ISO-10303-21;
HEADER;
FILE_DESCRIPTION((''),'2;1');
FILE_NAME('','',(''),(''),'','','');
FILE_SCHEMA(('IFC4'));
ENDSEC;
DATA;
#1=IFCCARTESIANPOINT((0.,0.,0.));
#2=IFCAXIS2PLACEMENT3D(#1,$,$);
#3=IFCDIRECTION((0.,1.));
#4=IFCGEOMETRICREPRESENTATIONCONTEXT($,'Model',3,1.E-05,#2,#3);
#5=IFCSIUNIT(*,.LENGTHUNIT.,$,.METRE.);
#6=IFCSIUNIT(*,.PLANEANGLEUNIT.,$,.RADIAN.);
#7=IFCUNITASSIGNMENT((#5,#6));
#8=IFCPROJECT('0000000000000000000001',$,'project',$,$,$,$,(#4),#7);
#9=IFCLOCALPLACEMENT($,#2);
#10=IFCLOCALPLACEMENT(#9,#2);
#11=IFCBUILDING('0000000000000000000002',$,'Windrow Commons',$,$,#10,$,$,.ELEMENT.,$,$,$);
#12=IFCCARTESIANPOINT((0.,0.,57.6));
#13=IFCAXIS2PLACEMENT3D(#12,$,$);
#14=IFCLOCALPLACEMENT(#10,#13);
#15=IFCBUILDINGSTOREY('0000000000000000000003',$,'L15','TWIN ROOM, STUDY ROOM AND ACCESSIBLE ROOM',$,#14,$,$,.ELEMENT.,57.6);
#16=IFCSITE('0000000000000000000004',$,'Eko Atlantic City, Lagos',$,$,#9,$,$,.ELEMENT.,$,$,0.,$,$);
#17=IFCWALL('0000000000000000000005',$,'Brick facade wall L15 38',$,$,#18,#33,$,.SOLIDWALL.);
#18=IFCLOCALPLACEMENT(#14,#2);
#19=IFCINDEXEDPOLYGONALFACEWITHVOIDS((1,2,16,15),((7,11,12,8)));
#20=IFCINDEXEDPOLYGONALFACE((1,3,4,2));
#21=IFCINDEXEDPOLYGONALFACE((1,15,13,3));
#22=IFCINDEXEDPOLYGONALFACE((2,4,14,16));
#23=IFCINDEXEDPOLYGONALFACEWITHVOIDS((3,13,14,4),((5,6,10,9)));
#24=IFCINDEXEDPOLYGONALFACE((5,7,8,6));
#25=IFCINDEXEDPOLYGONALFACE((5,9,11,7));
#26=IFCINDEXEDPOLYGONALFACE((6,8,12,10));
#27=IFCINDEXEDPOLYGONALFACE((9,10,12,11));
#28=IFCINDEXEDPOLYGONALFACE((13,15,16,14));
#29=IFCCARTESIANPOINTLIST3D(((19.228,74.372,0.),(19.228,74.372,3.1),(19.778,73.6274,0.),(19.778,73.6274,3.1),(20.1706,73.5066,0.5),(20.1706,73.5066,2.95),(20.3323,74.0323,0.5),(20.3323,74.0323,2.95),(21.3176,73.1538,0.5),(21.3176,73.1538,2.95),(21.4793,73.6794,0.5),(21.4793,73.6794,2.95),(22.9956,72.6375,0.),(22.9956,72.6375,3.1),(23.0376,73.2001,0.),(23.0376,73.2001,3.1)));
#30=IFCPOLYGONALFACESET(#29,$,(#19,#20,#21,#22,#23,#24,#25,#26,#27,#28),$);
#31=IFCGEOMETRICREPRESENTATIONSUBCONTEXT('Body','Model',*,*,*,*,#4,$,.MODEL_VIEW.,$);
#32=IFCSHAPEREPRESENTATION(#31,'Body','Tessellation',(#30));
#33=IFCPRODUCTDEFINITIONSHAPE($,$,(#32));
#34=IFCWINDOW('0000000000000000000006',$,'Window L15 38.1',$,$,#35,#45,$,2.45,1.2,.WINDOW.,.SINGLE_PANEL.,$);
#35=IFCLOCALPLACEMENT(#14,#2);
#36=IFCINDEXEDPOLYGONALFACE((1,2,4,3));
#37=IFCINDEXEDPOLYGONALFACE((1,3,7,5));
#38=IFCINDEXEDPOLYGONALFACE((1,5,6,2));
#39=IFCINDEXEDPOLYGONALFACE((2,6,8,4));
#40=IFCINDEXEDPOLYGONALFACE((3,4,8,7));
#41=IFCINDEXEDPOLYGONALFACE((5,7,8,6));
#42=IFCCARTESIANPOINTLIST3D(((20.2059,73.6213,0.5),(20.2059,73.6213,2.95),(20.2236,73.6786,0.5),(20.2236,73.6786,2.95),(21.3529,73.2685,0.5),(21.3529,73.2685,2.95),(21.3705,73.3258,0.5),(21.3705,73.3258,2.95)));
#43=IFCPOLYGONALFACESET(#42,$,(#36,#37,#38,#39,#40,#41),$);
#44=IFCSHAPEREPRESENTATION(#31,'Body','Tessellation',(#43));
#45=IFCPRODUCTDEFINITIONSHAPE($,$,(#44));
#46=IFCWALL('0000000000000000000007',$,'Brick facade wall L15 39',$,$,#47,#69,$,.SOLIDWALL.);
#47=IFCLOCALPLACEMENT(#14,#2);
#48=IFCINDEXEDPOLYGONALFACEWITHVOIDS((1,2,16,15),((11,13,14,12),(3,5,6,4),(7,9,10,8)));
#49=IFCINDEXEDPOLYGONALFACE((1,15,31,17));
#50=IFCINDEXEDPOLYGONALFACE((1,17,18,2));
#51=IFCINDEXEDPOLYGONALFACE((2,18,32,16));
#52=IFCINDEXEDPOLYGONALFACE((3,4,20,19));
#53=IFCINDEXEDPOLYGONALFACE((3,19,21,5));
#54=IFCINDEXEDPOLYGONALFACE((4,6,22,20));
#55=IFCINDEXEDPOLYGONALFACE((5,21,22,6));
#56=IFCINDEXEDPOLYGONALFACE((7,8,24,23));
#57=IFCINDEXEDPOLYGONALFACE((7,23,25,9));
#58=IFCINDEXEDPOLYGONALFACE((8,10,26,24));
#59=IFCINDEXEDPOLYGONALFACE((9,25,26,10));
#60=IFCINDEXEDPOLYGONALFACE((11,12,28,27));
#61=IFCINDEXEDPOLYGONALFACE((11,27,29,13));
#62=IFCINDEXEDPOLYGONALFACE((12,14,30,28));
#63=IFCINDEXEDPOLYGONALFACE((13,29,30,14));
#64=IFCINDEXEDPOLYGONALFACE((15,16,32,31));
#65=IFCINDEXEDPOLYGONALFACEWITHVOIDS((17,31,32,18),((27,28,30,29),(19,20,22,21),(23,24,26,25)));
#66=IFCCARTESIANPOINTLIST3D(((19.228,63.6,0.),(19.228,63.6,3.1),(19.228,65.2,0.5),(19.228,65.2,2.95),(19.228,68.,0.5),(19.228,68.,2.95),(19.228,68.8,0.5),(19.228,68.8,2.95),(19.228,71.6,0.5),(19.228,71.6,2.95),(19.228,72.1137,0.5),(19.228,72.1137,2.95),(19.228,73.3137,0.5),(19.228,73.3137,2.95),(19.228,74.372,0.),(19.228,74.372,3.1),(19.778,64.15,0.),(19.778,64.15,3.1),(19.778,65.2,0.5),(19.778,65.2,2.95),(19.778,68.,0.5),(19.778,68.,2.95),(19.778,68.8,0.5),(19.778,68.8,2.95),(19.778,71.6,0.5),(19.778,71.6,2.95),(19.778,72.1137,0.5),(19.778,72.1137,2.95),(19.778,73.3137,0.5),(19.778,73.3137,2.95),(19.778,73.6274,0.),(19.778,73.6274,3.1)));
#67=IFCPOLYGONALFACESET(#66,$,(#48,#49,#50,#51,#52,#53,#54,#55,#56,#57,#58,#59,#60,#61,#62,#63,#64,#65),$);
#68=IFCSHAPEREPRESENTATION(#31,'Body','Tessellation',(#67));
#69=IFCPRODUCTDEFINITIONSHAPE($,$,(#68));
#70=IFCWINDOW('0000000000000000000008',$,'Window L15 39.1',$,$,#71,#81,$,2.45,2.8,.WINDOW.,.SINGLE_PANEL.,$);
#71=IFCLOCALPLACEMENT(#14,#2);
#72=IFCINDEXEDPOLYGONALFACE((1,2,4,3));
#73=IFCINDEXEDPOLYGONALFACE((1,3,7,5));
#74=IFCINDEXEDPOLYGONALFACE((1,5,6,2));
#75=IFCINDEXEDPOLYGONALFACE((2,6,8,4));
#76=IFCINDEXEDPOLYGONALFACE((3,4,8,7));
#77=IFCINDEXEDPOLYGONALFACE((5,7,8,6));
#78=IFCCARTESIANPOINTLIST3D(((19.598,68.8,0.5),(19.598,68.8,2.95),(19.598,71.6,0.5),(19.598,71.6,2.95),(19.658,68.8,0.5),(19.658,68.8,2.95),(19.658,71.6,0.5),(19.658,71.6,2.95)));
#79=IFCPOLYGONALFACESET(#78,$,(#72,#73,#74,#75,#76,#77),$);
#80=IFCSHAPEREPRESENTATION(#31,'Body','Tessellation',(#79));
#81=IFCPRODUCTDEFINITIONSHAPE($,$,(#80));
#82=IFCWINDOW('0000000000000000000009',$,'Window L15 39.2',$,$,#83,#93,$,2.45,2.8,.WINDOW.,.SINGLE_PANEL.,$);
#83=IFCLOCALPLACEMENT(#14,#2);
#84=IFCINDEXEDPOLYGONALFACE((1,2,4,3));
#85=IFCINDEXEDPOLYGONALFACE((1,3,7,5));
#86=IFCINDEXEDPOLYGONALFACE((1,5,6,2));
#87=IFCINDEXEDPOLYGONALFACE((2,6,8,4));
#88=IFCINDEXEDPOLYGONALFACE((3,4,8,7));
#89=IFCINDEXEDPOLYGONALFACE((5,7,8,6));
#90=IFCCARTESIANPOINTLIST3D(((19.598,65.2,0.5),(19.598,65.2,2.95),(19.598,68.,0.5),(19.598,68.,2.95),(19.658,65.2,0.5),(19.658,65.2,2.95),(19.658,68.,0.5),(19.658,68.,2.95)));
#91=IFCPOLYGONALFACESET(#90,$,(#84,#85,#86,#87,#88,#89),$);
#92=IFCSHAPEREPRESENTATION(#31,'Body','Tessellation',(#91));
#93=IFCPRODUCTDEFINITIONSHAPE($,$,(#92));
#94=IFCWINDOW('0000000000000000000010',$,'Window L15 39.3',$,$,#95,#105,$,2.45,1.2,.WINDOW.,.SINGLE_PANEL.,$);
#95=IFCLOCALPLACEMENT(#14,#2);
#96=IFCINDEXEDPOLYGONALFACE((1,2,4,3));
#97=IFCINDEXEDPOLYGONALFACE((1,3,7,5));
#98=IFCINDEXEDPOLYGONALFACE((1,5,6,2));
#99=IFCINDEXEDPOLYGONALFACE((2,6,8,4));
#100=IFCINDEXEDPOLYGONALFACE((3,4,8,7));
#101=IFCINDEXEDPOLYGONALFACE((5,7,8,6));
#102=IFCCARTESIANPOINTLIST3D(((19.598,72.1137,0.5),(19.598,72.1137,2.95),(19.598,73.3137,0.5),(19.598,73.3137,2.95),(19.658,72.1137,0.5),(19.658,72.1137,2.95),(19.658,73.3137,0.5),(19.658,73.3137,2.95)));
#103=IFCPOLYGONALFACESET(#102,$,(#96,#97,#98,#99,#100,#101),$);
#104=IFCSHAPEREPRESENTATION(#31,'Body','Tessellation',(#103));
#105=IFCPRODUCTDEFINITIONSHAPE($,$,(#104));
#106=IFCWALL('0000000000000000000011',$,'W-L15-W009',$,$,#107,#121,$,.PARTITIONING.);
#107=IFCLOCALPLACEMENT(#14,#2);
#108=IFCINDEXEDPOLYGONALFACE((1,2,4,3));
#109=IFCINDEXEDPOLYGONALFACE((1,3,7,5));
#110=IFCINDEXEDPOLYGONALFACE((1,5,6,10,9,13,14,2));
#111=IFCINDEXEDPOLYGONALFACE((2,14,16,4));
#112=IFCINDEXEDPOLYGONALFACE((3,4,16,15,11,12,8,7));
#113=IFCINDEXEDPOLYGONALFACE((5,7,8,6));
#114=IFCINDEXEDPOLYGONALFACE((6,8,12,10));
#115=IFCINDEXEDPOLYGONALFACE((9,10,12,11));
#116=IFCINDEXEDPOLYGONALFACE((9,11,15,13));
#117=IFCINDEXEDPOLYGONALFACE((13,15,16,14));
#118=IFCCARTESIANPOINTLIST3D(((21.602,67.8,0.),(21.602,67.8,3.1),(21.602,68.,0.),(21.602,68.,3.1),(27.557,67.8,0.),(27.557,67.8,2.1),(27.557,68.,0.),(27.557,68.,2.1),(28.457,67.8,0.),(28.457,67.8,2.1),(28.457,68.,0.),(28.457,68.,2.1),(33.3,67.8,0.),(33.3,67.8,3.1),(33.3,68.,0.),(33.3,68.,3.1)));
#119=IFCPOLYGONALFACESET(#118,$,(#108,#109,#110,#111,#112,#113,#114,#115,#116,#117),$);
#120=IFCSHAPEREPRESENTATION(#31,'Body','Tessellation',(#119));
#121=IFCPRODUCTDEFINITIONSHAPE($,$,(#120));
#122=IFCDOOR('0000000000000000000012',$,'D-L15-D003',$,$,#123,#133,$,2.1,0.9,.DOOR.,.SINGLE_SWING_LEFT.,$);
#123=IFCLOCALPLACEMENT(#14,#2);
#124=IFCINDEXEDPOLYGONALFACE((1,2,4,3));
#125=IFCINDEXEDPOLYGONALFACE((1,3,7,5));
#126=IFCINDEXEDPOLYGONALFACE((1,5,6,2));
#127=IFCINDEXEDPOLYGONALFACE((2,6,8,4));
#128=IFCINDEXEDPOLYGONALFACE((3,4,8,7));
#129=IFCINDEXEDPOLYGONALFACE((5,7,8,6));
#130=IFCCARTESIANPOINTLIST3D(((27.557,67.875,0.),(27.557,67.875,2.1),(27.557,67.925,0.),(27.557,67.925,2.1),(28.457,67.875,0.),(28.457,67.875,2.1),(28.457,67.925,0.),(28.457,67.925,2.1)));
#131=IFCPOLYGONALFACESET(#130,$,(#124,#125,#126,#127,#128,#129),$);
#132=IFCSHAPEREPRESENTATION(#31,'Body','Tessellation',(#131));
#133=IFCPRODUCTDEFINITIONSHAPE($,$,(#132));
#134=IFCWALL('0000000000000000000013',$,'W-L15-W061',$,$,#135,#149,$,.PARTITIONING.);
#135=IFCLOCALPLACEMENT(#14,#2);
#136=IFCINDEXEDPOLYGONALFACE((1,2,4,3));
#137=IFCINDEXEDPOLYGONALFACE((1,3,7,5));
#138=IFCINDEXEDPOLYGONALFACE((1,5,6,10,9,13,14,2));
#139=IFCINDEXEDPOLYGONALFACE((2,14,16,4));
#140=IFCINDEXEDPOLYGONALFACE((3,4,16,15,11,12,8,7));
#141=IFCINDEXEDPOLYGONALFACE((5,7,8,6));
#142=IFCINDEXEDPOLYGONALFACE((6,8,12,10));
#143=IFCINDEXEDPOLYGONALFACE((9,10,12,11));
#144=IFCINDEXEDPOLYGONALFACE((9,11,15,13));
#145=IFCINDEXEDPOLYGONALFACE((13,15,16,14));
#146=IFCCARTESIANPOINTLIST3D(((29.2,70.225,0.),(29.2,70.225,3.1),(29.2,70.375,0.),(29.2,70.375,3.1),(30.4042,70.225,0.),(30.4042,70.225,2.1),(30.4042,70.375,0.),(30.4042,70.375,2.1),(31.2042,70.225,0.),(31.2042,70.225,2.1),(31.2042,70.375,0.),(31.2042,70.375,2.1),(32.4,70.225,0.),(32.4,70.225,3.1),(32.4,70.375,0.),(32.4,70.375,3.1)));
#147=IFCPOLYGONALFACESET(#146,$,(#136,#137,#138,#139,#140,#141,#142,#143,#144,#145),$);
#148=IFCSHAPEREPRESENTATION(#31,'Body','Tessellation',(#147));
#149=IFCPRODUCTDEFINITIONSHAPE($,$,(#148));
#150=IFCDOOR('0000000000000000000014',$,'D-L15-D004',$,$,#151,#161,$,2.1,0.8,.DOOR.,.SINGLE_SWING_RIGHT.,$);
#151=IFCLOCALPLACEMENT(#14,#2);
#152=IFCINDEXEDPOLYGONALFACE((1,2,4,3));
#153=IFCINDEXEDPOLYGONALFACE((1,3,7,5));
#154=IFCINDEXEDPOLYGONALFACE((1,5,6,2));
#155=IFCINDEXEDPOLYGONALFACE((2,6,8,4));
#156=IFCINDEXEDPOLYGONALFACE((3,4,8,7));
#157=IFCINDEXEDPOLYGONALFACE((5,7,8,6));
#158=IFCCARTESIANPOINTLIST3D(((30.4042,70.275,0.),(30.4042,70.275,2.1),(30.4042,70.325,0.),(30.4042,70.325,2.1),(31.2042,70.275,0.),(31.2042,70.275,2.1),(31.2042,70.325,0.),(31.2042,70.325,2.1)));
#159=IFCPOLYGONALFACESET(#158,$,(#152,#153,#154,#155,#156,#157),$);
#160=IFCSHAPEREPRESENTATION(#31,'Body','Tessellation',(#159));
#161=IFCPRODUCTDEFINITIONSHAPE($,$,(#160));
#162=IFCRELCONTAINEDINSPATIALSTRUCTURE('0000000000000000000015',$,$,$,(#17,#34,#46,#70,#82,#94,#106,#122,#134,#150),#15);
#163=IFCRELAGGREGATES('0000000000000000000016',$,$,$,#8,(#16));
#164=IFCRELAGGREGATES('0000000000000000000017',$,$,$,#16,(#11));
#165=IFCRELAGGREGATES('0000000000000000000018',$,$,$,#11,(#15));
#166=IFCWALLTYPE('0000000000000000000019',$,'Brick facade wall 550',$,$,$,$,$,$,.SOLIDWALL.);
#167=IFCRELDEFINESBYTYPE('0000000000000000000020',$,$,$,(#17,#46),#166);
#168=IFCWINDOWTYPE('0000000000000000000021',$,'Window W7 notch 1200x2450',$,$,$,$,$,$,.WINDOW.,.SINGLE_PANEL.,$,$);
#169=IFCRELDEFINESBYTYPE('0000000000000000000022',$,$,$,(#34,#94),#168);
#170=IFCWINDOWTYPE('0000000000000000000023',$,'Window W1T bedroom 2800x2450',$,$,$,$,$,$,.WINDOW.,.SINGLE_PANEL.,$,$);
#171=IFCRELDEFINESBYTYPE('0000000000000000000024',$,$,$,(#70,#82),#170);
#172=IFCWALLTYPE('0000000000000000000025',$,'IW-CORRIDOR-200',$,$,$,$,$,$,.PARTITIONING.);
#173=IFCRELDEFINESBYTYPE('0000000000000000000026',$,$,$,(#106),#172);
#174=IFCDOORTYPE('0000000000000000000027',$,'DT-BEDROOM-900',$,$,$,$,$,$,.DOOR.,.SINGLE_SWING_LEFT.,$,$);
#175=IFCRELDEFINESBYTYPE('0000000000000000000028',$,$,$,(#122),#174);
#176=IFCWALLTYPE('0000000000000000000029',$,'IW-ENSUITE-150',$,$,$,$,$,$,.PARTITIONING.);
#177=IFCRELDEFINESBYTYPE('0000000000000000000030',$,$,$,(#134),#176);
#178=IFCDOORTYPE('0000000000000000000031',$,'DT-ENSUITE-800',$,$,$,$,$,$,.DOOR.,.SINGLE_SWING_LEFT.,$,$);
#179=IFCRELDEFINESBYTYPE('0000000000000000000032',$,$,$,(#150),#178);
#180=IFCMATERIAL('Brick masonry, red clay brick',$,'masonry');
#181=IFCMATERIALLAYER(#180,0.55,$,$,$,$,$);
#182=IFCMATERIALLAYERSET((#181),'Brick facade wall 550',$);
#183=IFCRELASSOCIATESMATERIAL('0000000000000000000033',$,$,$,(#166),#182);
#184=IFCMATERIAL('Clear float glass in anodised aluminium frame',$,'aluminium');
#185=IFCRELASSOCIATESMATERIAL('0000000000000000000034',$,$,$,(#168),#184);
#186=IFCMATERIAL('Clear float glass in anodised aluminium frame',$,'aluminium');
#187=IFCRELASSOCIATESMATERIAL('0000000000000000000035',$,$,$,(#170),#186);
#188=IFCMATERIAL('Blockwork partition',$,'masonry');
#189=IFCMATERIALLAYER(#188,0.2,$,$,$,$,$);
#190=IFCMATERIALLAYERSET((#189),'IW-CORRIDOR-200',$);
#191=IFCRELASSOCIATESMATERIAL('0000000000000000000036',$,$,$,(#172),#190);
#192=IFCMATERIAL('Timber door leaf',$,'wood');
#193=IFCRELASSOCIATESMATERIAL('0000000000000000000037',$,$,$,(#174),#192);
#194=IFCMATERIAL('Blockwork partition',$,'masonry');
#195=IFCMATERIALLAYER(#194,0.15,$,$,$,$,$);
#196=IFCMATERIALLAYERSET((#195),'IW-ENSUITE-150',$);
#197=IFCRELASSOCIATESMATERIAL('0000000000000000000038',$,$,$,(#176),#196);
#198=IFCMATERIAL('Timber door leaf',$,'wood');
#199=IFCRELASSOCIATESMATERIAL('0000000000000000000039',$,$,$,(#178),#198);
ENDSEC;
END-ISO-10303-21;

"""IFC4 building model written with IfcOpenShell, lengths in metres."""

from ifc_helpers import new_model, si_unit, direction, frame, frame_2d, origin, place, context, subcontext, project, spatial, polyline, rectangle, outline, extrude, material, layer, layer_set, type_object, element, fill, save


model = new_model("IFC4")

# Units and contexts
model_context = context("Model", 3, precision=1e-05, world=origin(), true_north=direction((0.0, 1.0)))
body_context = subcontext(model_context, "Body", "Model", "MODEL_VIEW")
ifc_project = project(units=[si_unit("LENGTHUNIT", "METRE"), si_unit("PLANEANGLEUNIT", "RADIAN")], contexts=[model_context])

# Site, building, storey
site_placement = place(None, origin())
site = spatial("IfcSite", under=ifc_project, at=site_placement, Name="Eko Atlantic City, Lagos", CompositionType="ELEMENT", RefElevation=0.0)
building_placement = place(site_placement, origin())
building = spatial("IfcBuilding", under=site, at=building_placement, Name="Windrow Commons", CompositionType="ELEMENT")
storey_placement = place(building_placement, frame((0.0, 0.0, 57.6)))
storey = spatial("IfcBuildingStorey", under=building, at=storey_placement, Name="L15", Description="TWIN ROOM, STUDY ROOM AND ACCESSIBLE ROOM", CompositionType="ELEMENT", Elevation=57.6)

# Shared definitions
ifc_material_1 = material(Name="Brick masonry, red clay brick", Category="masonry")
ifc_layer_1 = layer(ifc_material_1, 0.55)
ifc_layer_set_1 = layer_set([ifc_layer_1], Name="Brick facade wall 550")
wall_type_1 = type_object("IfcWallType", Name="Brick facade wall 550", PredefinedType="SOLIDWALL", material=ifc_layer_set_1)
ifc_material_2 = material(Name="Clear float glass in anodised aluminium frame", Category="aluminium")
window_type_1 = type_object("IfcWindowType", Name="Window W7 notch 1200x2450", PartitioningType="SINGLE_PANEL", PredefinedType="WINDOW", material=ifc_material_2)

# Wall, opening, window
wall_1_placement = place(storey_placement, frame((23.0166, 72.9188, 0.0), z_axis=(0.0, 0.0, 1.0), x_axis=(-0.955795, 0.294034, 0.0)))
wall_1 = element("IfcWall", 1, at=wall_1_placement, inside=storey, type_object=wall_type_1, Name="Brick facade wall L15 38", PredefinedType="SOLIDWALL", context=body_context, shape_type="SweptSolid", body=[
    extrude(outline(polyline([(0.0626, -0.275), (4.0484, -0.275), (3.3038, 0.275), (-0.0626, 0.275), (0.0626, -0.275)])), origin(), (0.0, 0.0, 1.0), 3.1),
])
opening_1_placement = place(wall_1_placement, frame((1.693, 0.0, 0.5)))
opening_1 = element("IfcOpeningElement", 2, at=opening_1_placement, cuts=wall_1, PredefinedType="OPENING", context=body_context, shape_type="SweptSolid", body=[
    extrude(rectangle(XDim=1.2, YDim=2.45, at=frame_2d((0.6, 1.225))), frame((0.0, 0.285, 0.0), z_axis=(0.0, -1.0, 0.0), x_axis=(1.0, 0.0, 0.0)), (0.0, 0.0, 1.0), 0.57),
])
window_1_placement = place(opening_1_placement, origin())
window_1 = element("IfcWindow", 3, at=window_1_placement, inside=storey, type_object=window_type_1, Name="Window L15 38.1", OverallHeight=2.45, OverallWidth=1.2, PartitioningType="SINGLE_PANEL", PredefinedType="WINDOW", context=body_context, shape_type="SweptSolid", body=[
    extrude(rectangle(XDim=1.2, YDim=2.45, at=frame_2d((0.6, 1.225))), frame((0.0, 0.155, 0.0), z_axis=(0.0, -1.0, 0.0), x_axis=(1.0, 0.0, 0.0)), (0.0, 0.0, 1.0), 0.06),
])
fill(opening_1, window_1)

# Wall, openings, windows
wall_2_placement = place(storey_placement, frame((19.503, 73.9997, 0.0), z_axis=(0.0, 0.0, 1.0), x_axis=(0.0, -1.0, 0.0)))
wall_2 = element("IfcWall", 4, at=wall_2_placement, inside=storey, type_object=wall_type_1, Name="Brick facade wall L15 39", PredefinedType="SOLIDWALL", context=body_context, shape_type="SweptSolid", body=[
    extrude(outline(polyline([(-0.3723, -0.275), (10.3997, -0.275), (9.8497, 0.275), (0.3723, 0.275), (-0.3723, -0.275)])), origin(), (0.0, 0.0, 1.0), 3.1),
])
opening_2_placement = place(wall_2_placement, frame((2.3997, 0.0, 0.5)))
opening_2 = element("IfcOpeningElement", 5, at=opening_2_placement, cuts=wall_2, PredefinedType="OPENING", context=body_context, shape_type="SweptSolid", body=[
    extrude(rectangle(XDim=2.8, YDim=2.45, at=frame_2d((1.4, 1.225))), frame((0.0, 0.285, 0.0), z_axis=(0.0, -1.0, 0.0), x_axis=(1.0, 0.0, 0.0)), (0.0, 0.0, 1.0), 0.57),
])
opening_3_placement = place(wall_2_placement, frame((5.9997, 0.0, 0.5)))
opening_3 = element("IfcOpeningElement", 6, at=opening_3_placement, cuts=wall_2, PredefinedType="OPENING", context=body_context, shape_type="SweptSolid", body=[
    extrude(rectangle(XDim=2.8, YDim=2.45, at=frame_2d((1.4, 1.225))), frame((0.0, 0.285, 0.0), z_axis=(0.0, -1.0, 0.0), x_axis=(1.0, 0.0, 0.0)), (0.0, 0.0, 1.0), 0.57),
])
opening_4_placement = place(wall_2_placement, frame((0.686, 0.0, 0.5)))
opening_4 = element("IfcOpeningElement", 7, at=opening_4_placement, cuts=wall_2, PredefinedType="OPENING", context=body_context, shape_type="SweptSolid", body=[
    extrude(rectangle(XDim=1.2, YDim=2.45, at=frame_2d((0.6, 1.225))), frame((0.0, 0.285, 0.0), z_axis=(0.0, -1.0, 0.0), x_axis=(1.0, 0.0, 0.0)), (0.0, 0.0, 1.0), 0.57),
])
ifc_material_3 = material(Name="Clear float glass in anodised aluminium frame", Category="aluminium")
window_type_2 = type_object("IfcWindowType", Name="Window W1T bedroom 2800x2450", PartitioningType="SINGLE_PANEL", PredefinedType="WINDOW", material=ifc_material_3)
window_2_placement = place(opening_2_placement, origin())
window_2 = element("IfcWindow", 8, at=window_2_placement, inside=storey, type_object=window_type_2, Name="Window L15 39.1", OverallHeight=2.45, OverallWidth=2.8, PartitioningType="SINGLE_PANEL", PredefinedType="WINDOW", context=body_context, shape_type="SweptSolid", body=[
    extrude(rectangle(XDim=2.8, YDim=2.45, at=frame_2d((1.4, 1.225))), frame((0.0, 0.155, 0.0), z_axis=(0.0, -1.0, 0.0), x_axis=(1.0, 0.0, 0.0)), (0.0, 0.0, 1.0), 0.06),
])
fill(opening_2, window_2)
window_3_placement = place(opening_3_placement, origin())
window_3 = element("IfcWindow", 9, at=window_3_placement, inside=storey, type_object=window_type_2, Name="Window L15 39.2", OverallHeight=2.45, OverallWidth=2.8, PartitioningType="SINGLE_PANEL", PredefinedType="WINDOW", context=body_context, shape_type="SweptSolid", body=[
    extrude(rectangle(XDim=2.8, YDim=2.45, at=frame_2d((1.4, 1.225))), frame((0.0, 0.155, 0.0), z_axis=(0.0, -1.0, 0.0), x_axis=(1.0, 0.0, 0.0)), (0.0, 0.0, 1.0), 0.06),
])
fill(opening_3, window_3)
window_4_placement = place(opening_4_placement, origin())
window_4 = element("IfcWindow", 10, at=window_4_placement, inside=storey, type_object=window_type_1, Name="Window L15 39.3", OverallHeight=2.45, OverallWidth=1.2, PartitioningType="SINGLE_PANEL", PredefinedType="WINDOW", context=body_context, shape_type="SweptSolid", body=[
    extrude(rectangle(XDim=1.2, YDim=2.45, at=frame_2d((0.6, 1.225))), frame((0.0, 0.155, 0.0), z_axis=(0.0, -1.0, 0.0), x_axis=(1.0, 0.0, 0.0)), (0.0, 0.0, 1.0), 0.06),
])
fill(opening_4, window_4)

# Walls, openings, doors
ifc_material_4 = material(Name="Blockwork partition", Category="masonry")
ifc_layer_2 = layer(ifc_material_4, 0.2)
ifc_layer_set_2 = layer_set([ifc_layer_2], Name="IW-CORRIDOR-200")
wall_type_2 = type_object("IfcWallType", Name="IW-CORRIDOR-200", PredefinedType="PARTITIONING", material=ifc_layer_set_2)
wall_3_placement = place(storey_placement, frame((21.602, 67.9, 0.0), z_axis=(0.0, 0.0, 1.0), x_axis=(1.0, 0.0, 0.0)))
wall_3 = element("IfcWall", 11, at=wall_3_placement, inside=storey, type_object=wall_type_2, Name="W-L15-W009", PredefinedType="PARTITIONING", context=body_context, shape_type="SweptSolid", body=[
    extrude(rectangle(XDim=11.698, YDim=0.2, at=frame_2d((5.849, 0.0))), origin(), (0.0, 0.0, 1.0), 3.1),
])
opening_5_placement = place(wall_3_placement, frame((5.955, 0.0, 0.0)))
opening_5 = element("IfcOpeningElement", 12, at=opening_5_placement, cuts=wall_3, PredefinedType="OPENING", context=body_context, shape_type="SweptSolid", body=[
    extrude(rectangle(XDim=0.9, YDim=2.1, at=frame_2d((0.45, 1.05))), frame((0.0, 0.11, 0.0), z_axis=(0.0, -1.0, 0.0), x_axis=(1.0, 0.0, 0.0)), (0.0, 0.0, 1.0), 0.22),
])
ifc_material_5 = material(Name="Timber door leaf", Category="wood")
door_type_1 = type_object("IfcDoorType", Name="DT-BEDROOM-900", OperationType="SINGLE_SWING_LEFT", PredefinedType="DOOR", material=ifc_material_5)
door_1_placement = place(opening_5_placement, origin())
door_1 = element("IfcDoor", 13, at=door_1_placement, inside=storey, type_object=door_type_1, Name="D-L15-D003", OperationType="SINGLE_SWING_LEFT", OverallHeight=2.1, OverallWidth=0.9, PredefinedType="DOOR", context=body_context, shape_type="SweptSolid", body=[
    extrude(rectangle(XDim=0.9, YDim=2.1, at=frame_2d((0.45, 1.05))), frame((0.0, 0.025, 0.0), z_axis=(0.0, -1.0, 0.0), x_axis=(1.0, 0.0, 0.0)), (0.0, 0.0, 1.0), 0.05),
])
fill(opening_5, door_1)
ifc_material_6 = material(Name="Blockwork partition", Category="masonry")
ifc_layer_3 = layer(ifc_material_6, 0.15)
ifc_layer_set_3 = layer_set([ifc_layer_3], Name="IW-ENSUITE-150")
wall_type_3 = type_object("IfcWallType", Name="IW-ENSUITE-150", PredefinedType="PARTITIONING", material=ifc_layer_set_3)
wall_4_placement = place(storey_placement, frame((29.2, 70.3, 0.0), z_axis=(0.0, 0.0, 1.0), x_axis=(1.0, 0.0, 0.0)))
wall_4 = element("IfcWall", 14, at=wall_4_placement, inside=storey, type_object=wall_type_3, Name="W-L15-W061", PredefinedType="PARTITIONING", context=body_context, shape_type="SweptSolid", body=[
    extrude(rectangle(XDim=3.2, YDim=0.15, at=frame_2d((1.6, 0.0))), origin(), (0.0, 0.0, 1.0), 3.1),
])
opening_6_placement = place(wall_4_placement, frame((1.2042, 0.0, 0.0)))
opening_6 = element("IfcOpeningElement", 15, at=opening_6_placement, cuts=wall_4, PredefinedType="OPENING", context=body_context, shape_type="SweptSolid", body=[
    extrude(rectangle(XDim=0.8, YDim=2.1, at=frame_2d((0.4, 1.05))), frame((0.0, 0.085, 0.0), z_axis=(0.0, -1.0, 0.0), x_axis=(1.0, 0.0, 0.0)), (0.0, 0.0, 1.0), 0.17),
])
ifc_material_7 = material(Name="Timber door leaf", Category="wood")
door_type_2 = type_object("IfcDoorType", Name="DT-ENSUITE-800", OperationType="SINGLE_SWING_LEFT", PredefinedType="DOOR", material=ifc_material_7)
door_2_placement = place(opening_6_placement, origin())
door_2 = element("IfcDoor", 16, at=door_2_placement, inside=storey, type_object=door_type_2, Name="D-L15-D004", OperationType="SINGLE_SWING_RIGHT", OverallHeight=2.1, OverallWidth=0.8, PredefinedType="DOOR", context=body_context, shape_type="SweptSolid", body=[
    extrude(rectangle(XDim=0.8, YDim=2.1, at=frame_2d((0.4, 1.05))), frame((0.0, 0.025, 0.0), z_axis=(0.0, -1.0, 0.0), x_axis=(1.0, 0.0, 0.0)), (0.0, 0.0, 1.0), 0.05),
])
fill(opening_6, door_2)

save(model, "model.ifc")
